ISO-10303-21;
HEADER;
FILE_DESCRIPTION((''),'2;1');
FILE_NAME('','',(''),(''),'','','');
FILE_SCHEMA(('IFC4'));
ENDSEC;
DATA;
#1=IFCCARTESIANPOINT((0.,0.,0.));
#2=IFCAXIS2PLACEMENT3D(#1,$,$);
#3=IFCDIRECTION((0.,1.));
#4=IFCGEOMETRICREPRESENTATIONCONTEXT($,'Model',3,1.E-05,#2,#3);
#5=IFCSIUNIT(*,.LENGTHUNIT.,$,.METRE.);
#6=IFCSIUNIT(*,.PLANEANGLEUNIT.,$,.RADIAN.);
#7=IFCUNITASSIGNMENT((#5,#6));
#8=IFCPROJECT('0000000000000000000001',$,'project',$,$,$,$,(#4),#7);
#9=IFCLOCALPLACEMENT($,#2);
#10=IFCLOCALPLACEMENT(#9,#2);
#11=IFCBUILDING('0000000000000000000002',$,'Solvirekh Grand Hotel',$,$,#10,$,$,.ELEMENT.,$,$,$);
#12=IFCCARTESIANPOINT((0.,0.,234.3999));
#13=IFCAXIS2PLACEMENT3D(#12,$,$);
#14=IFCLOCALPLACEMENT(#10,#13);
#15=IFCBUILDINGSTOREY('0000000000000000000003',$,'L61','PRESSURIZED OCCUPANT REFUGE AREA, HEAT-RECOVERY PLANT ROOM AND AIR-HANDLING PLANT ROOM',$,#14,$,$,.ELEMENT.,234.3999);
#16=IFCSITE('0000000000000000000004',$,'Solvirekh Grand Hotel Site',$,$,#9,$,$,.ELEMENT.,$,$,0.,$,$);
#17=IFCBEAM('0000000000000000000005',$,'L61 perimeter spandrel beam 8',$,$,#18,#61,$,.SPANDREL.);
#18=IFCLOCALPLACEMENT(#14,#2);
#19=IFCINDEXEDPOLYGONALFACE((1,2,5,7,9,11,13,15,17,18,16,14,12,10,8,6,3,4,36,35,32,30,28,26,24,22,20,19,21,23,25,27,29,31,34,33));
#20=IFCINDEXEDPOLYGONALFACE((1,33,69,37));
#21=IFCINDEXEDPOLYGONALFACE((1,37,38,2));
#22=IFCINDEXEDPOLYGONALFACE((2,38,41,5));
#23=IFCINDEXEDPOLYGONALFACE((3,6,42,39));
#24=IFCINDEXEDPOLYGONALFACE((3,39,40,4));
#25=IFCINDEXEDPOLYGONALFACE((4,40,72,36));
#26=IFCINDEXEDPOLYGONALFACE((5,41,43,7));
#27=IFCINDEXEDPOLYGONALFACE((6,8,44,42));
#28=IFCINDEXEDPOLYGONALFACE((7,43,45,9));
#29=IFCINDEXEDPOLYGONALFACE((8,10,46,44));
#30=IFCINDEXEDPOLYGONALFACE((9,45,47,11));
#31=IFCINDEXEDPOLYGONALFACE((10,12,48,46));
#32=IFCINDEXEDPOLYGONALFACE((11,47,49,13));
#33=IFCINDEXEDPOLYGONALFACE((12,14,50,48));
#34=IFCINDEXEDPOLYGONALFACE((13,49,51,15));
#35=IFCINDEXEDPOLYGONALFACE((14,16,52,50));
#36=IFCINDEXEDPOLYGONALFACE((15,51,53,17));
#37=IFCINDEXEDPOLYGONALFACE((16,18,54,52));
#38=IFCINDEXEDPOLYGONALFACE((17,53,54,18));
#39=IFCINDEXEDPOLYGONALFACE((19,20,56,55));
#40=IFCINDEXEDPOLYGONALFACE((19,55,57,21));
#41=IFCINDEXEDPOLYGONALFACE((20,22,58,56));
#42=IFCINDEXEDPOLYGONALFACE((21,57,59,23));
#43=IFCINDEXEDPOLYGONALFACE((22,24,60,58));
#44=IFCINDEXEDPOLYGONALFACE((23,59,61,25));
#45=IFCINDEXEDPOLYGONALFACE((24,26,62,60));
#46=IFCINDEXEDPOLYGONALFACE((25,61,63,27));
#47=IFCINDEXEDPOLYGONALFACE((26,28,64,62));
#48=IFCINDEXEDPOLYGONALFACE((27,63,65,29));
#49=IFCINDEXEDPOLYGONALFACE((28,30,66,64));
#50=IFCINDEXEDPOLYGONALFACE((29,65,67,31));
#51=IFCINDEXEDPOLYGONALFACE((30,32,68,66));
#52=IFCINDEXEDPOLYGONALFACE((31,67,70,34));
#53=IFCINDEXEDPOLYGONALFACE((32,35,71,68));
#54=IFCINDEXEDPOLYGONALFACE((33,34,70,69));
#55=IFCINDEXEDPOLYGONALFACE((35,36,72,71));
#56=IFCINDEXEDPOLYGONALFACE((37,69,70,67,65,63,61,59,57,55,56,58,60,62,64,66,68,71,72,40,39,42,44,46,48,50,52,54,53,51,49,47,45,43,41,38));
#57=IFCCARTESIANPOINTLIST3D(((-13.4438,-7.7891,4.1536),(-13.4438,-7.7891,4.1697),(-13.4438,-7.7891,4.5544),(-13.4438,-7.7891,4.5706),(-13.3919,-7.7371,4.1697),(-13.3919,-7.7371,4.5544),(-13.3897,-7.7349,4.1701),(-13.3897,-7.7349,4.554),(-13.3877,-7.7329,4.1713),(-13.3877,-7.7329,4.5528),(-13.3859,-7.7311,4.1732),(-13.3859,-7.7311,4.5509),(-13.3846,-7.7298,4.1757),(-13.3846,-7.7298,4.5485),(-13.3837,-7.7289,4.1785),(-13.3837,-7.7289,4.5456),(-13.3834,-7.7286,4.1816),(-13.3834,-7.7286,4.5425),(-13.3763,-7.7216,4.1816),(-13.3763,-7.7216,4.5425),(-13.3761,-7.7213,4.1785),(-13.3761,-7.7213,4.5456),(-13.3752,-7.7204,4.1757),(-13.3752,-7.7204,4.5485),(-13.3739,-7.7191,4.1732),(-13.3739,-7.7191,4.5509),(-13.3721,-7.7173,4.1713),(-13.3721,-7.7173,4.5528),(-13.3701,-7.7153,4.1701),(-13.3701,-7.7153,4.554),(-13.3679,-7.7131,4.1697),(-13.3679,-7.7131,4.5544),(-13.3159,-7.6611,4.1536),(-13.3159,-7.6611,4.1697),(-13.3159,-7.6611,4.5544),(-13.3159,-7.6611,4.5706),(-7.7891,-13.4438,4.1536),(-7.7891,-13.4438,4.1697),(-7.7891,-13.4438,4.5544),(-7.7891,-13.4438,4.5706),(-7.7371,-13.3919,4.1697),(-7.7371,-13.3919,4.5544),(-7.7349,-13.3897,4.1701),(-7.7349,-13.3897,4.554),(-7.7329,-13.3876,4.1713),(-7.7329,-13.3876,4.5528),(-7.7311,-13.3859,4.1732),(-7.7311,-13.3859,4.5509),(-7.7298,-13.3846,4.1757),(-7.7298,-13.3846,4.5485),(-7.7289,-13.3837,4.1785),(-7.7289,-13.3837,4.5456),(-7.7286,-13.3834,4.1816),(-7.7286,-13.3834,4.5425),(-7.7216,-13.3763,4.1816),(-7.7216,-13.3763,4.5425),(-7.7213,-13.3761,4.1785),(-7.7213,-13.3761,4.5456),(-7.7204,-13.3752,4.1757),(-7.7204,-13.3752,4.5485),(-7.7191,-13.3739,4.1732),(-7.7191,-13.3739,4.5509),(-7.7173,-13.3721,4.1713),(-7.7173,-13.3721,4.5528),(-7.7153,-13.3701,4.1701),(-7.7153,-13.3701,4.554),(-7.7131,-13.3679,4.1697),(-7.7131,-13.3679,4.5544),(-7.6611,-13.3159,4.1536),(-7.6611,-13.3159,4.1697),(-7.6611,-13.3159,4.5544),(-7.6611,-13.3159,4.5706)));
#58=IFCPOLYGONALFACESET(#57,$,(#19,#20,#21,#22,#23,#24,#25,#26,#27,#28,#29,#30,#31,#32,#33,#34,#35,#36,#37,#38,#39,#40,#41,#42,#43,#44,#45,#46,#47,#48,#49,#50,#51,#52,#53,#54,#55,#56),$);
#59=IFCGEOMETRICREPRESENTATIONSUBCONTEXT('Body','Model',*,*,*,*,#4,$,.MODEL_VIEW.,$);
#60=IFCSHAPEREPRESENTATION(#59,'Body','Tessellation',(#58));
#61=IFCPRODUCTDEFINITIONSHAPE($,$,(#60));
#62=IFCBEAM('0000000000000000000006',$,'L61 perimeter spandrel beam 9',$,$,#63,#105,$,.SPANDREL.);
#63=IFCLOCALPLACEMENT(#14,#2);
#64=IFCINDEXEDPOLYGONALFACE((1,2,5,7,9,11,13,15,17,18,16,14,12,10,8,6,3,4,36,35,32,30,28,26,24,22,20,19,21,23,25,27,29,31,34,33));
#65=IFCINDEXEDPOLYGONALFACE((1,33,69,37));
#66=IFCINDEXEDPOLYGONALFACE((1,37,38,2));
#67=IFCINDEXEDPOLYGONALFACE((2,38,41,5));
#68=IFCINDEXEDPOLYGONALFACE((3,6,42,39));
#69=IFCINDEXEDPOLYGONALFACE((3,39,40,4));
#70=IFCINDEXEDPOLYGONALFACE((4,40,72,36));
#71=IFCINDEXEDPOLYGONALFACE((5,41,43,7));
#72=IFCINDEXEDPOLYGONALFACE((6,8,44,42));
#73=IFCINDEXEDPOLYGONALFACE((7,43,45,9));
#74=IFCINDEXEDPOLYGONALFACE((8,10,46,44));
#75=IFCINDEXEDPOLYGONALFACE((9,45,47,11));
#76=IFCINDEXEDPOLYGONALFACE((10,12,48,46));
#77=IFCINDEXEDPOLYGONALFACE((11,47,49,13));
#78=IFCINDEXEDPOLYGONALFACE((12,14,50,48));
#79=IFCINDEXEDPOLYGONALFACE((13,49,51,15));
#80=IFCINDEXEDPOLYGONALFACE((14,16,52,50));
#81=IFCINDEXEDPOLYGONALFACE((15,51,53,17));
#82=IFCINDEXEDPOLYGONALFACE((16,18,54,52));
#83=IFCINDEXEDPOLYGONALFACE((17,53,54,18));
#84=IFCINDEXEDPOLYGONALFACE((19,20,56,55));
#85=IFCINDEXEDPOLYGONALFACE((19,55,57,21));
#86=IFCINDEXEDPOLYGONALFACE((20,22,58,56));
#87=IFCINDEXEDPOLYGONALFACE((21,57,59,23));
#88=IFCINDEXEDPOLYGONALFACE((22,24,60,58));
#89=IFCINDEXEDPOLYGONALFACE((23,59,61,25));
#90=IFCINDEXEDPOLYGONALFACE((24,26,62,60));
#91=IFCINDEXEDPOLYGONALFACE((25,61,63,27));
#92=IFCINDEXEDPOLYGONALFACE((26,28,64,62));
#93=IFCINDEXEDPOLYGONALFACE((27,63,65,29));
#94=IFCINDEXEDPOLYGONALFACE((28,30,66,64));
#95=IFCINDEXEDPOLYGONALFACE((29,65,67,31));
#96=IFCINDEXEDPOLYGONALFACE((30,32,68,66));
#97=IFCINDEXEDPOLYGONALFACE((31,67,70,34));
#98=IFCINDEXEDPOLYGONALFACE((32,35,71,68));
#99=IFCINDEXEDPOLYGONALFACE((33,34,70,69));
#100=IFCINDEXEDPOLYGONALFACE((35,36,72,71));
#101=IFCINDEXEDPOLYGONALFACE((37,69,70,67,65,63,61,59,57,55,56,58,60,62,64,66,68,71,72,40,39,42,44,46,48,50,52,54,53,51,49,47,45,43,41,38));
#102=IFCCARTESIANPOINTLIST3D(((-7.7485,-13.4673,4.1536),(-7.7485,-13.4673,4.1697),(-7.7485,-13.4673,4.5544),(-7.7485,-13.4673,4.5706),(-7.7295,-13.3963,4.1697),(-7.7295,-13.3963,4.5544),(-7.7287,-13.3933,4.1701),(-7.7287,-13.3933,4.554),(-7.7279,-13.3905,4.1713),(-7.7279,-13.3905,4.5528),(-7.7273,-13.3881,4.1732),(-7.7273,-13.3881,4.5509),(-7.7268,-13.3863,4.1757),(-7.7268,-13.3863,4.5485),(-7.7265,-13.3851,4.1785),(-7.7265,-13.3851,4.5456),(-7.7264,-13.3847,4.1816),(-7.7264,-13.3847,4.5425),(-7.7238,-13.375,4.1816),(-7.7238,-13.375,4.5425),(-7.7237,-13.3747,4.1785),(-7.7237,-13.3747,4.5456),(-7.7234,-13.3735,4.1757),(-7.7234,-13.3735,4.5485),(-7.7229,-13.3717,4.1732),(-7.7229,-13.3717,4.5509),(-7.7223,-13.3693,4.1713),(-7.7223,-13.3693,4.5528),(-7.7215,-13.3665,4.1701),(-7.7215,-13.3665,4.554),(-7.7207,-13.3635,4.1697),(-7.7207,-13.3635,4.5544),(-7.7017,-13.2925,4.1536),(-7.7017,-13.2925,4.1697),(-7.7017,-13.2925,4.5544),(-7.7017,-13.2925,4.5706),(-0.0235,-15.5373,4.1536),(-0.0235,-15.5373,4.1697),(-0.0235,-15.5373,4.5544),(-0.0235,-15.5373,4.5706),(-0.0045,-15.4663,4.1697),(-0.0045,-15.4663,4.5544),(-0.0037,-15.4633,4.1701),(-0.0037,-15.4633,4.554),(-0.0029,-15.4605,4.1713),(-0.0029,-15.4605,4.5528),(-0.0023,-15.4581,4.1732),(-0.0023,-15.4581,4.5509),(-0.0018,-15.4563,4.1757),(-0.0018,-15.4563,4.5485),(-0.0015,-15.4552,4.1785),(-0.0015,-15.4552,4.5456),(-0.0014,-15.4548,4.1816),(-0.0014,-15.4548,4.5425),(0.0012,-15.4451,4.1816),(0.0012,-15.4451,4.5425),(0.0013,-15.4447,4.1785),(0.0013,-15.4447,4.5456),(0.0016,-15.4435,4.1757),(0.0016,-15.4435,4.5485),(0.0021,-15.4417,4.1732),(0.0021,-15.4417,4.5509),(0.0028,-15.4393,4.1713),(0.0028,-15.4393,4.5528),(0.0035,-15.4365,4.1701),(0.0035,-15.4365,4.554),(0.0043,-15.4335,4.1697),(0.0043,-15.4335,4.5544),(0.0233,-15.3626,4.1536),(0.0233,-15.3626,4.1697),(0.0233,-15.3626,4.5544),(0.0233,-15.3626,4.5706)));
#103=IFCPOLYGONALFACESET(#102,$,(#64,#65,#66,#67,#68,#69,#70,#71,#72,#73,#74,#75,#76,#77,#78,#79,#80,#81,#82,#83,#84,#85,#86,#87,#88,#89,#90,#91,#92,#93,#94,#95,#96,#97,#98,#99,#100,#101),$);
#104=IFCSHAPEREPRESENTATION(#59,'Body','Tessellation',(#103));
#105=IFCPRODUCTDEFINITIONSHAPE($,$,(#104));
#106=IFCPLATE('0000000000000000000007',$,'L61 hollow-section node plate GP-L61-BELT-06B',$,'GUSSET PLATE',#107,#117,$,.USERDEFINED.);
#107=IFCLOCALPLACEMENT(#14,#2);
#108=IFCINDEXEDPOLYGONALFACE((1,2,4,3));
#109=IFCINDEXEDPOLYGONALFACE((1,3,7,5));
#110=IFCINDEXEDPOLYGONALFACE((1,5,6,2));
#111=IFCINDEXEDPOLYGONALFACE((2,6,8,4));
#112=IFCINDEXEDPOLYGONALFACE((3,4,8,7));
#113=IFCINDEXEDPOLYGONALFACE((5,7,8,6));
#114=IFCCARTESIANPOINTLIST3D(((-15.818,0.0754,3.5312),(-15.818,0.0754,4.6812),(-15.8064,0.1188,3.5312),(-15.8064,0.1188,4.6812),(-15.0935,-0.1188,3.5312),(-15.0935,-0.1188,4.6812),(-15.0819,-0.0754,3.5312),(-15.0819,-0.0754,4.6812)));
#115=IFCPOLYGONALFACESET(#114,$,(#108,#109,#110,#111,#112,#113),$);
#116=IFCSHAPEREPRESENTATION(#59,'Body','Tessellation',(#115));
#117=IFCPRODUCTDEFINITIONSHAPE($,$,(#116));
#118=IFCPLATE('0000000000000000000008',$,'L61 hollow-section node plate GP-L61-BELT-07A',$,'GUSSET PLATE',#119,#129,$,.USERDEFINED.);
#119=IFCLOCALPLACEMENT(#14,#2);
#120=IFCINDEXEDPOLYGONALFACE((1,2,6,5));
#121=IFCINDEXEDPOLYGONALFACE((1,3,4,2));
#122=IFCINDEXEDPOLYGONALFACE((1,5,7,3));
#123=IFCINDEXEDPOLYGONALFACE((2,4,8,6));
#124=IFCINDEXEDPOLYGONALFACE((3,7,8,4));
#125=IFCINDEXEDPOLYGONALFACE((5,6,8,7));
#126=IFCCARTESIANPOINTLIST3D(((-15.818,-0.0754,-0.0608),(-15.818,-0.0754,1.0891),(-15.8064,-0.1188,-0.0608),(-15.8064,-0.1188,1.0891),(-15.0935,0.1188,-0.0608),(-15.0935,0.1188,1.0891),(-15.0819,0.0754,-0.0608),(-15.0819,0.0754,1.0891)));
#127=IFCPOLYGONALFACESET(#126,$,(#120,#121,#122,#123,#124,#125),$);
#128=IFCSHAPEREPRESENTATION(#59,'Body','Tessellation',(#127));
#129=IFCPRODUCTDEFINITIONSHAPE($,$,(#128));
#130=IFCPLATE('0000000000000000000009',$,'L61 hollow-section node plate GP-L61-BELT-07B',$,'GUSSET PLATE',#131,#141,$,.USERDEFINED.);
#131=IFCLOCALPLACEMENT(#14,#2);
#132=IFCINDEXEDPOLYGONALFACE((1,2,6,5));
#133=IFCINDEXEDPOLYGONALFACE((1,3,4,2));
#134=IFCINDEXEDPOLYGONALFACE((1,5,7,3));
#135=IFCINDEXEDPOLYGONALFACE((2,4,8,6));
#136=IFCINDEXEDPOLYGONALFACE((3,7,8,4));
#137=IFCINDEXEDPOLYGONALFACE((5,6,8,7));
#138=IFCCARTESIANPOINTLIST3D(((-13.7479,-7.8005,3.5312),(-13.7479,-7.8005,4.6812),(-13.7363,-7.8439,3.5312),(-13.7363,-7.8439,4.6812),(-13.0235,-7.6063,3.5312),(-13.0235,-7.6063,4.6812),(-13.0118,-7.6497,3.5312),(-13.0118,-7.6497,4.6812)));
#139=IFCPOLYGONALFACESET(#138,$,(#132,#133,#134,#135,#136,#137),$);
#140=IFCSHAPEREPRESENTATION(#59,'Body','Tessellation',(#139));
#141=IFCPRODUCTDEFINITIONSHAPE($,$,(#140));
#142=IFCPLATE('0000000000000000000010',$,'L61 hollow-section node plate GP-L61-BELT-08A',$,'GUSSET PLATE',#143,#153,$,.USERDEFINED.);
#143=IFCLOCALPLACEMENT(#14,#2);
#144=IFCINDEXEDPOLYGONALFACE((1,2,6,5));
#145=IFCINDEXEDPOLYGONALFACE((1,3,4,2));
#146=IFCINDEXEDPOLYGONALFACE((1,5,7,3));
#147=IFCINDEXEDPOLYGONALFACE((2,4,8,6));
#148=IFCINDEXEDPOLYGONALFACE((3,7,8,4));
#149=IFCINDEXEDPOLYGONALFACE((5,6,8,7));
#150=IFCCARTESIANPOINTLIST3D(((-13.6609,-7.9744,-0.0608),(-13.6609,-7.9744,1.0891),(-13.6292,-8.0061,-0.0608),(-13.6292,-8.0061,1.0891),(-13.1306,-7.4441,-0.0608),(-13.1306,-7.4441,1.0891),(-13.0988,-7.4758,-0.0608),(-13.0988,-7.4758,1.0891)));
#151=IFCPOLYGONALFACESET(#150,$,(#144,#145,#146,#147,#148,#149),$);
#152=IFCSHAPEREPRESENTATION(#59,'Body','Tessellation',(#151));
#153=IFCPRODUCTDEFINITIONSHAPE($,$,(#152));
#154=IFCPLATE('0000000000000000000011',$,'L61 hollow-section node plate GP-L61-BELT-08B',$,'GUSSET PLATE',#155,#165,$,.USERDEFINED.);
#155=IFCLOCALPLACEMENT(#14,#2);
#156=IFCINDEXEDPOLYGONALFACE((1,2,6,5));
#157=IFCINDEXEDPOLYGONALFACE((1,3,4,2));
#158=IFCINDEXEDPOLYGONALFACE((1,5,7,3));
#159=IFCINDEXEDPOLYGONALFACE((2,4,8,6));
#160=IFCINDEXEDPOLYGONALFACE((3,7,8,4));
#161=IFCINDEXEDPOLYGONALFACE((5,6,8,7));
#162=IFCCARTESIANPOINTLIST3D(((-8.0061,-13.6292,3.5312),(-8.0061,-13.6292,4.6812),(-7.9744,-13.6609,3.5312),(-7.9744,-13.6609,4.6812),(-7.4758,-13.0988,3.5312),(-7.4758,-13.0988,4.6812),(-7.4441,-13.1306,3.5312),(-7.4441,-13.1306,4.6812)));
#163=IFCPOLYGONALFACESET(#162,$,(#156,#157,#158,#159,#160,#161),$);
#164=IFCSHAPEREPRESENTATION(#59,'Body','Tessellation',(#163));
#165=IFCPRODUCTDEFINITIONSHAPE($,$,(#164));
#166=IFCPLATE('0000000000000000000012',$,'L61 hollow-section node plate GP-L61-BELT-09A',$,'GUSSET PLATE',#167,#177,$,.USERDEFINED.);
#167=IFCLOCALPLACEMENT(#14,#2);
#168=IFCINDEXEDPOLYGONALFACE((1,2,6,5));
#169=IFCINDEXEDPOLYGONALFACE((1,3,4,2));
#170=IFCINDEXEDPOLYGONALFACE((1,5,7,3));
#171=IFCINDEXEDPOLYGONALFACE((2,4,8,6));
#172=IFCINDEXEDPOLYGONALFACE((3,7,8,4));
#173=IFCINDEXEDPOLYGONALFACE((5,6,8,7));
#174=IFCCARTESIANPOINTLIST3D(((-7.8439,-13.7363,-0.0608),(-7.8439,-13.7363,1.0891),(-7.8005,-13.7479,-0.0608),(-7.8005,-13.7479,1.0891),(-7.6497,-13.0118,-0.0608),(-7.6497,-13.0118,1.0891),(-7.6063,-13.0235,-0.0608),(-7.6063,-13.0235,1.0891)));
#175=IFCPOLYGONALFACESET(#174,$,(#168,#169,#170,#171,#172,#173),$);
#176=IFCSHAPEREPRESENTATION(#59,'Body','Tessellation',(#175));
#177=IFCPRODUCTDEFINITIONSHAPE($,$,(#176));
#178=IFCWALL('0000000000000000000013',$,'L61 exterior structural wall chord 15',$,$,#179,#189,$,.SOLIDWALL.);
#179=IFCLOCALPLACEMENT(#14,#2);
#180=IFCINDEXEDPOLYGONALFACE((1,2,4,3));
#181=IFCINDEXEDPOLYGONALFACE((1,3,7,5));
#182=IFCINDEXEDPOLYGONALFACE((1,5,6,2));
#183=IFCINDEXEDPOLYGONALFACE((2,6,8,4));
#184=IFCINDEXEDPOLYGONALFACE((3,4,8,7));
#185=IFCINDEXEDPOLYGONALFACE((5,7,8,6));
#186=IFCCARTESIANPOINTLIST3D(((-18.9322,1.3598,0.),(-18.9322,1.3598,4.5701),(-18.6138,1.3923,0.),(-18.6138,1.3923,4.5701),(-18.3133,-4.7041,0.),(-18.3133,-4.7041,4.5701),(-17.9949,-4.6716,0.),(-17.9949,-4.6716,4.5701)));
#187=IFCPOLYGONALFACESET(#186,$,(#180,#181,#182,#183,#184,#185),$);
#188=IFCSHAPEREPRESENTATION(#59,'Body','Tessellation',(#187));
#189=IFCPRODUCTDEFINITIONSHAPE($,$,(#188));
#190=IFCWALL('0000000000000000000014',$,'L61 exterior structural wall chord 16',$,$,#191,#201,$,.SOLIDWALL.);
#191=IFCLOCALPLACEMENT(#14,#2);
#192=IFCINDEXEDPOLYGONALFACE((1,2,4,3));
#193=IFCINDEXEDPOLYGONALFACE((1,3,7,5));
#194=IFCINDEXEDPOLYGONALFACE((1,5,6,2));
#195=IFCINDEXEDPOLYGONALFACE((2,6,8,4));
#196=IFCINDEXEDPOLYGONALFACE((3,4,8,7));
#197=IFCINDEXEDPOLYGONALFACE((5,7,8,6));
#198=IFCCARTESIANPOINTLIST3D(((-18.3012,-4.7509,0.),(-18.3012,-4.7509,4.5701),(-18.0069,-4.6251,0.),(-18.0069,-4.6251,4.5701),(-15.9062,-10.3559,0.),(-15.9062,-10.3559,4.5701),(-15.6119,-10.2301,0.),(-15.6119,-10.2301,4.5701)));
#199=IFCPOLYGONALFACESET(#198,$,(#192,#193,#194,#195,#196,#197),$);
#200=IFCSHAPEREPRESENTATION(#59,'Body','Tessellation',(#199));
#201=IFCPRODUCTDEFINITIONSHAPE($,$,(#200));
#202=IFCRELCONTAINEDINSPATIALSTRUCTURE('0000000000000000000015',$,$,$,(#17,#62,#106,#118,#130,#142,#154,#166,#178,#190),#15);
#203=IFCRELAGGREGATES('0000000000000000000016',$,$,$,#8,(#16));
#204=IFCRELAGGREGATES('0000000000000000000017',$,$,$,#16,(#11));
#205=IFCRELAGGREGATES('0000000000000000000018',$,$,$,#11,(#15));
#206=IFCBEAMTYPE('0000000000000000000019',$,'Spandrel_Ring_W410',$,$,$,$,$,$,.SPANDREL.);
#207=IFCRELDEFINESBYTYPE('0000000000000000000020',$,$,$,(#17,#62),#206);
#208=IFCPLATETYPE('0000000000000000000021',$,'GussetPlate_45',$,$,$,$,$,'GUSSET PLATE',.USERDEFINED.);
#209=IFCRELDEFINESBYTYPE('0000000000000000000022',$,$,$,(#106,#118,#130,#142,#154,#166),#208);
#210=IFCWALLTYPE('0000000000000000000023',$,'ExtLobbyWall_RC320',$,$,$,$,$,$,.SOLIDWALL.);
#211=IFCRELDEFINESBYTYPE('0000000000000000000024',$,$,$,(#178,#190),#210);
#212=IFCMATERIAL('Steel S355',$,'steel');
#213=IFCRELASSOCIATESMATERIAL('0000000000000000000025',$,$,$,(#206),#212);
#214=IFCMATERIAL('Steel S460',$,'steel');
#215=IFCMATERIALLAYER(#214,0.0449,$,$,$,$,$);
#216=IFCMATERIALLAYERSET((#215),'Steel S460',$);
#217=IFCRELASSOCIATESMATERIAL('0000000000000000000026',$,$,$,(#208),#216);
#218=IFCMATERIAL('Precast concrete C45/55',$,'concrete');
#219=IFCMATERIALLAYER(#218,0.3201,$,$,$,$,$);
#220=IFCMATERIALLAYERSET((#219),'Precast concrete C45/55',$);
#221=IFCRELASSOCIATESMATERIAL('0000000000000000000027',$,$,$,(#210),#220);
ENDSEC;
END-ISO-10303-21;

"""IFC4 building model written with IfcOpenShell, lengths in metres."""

from ifc_helpers import new_model, si_unit, direction, frame, frame_2d, origin, origin_2d, place, context, subcontext, project, spatial, rectangle, i_section, extrude, material, layer, layer_set, material_profile, profile_set, type_object, element, save


model = new_model("IFC4")

# Units and contexts
model_context = context("Model", 3, precision=1e-05, world=origin(), true_north=direction((0.0, 1.0)))
body_context = subcontext(model_context, "Body", "Model", "MODEL_VIEW")
ifc_project = project(units=[si_unit("LENGTHUNIT", "METRE"), si_unit("PLANEANGLEUNIT", "RADIAN")], contexts=[model_context])

# Site, building, storey
site_placement = place(None, origin())
site = spatial("IfcSite", under=ifc_project, at=site_placement, Name="Solvirekh Grand Hotel Site", CompositionType="ELEMENT", RefElevation=0.0)
building_placement = place(site_placement, origin())
building = spatial("IfcBuilding", under=site, at=building_placement, Name="Solvirekh Grand Hotel", CompositionType="ELEMENT")
storey_placement = place(building_placement, frame((0.0, 0.0, 234.3999)))
storey = spatial("IfcBuildingStorey", under=building, at=storey_placement, Name="L61", Description="PRESSURIZED OCCUPANT REFUGE AREA, HEAT-RECOVERY PLANT ROOM AND AIR-HANDLING PLANT ROOM", CompositionType="ELEMENT", Elevation=234.3999)

# Shared definitions
ifc_material_1 = material(Name="Steel S355", Category="steel")

# Beams
ifc_material_profile_1 = material_profile(ifc_material_1, i_section(OverallWidth=0.1809, OverallDepth=0.417, WebThickness=0.01, FlangeThickness=0.0161, FilletRadius=0.012, at=origin_2d()), Name="W410X85")
ifc_profile_set_1 = profile_set([ifc_material_profile_1], Name="Steel S355")
beam_type = type_object("IfcBeamType", Name="Spandrel_Ring_W410", PredefinedType="SPANDREL", material=ifc_profile_set_1)
beam_1_placement = place(storey_placement, frame((-13.3799, -7.7251, 4.3621), z_axis=(0.707107, -0.707107, 0.0), x_axis=(0.707107, 0.707107, 0.0)))
element("IfcBeam", 1, at=beam_1_placement, inside=storey, type_object=beam_type, Name="L61 perimeter spandrel beam 8", PredefinedType="SPANDREL", context=body_context, shape_type="SweptSolid", body=[
    extrude(i_section(OverallWidth=0.1809, OverallDepth=0.417, WebThickness=0.01, FlangeThickness=0.0161, FilletRadius=0.012, at=origin_2d()), origin(), (0.0, 0.0, 1.0), 7.9971),
])
beam_2_placement = place(storey_placement, frame((-7.7251, -13.3799, 4.3621), z_axis=(0.965922, -0.258835, 0.0), x_axis=(0.258835, 0.965922, 0.0)))
element("IfcBeam", 2, at=beam_2_placement, inside=storey, type_object=beam_type, Name="L61 perimeter spandrel beam 9", PredefinedType="SPANDREL", context=body_context, shape_type="SweptSolid", body=[
    extrude(i_section(OverallWidth=0.1809, OverallDepth=0.417, WebThickness=0.01, FlangeThickness=0.0161, FilletRadius=0.012, at=origin_2d()), origin(), (0.0, 0.0, 1.0), 7.9976),
])

# Plates
ifc_material_2 = material(Name="Steel S460", Category="steel")
ifc_layer_1 = layer(ifc_material_2, 0.0449)
ifc_layer_set_1 = layer_set([ifc_layer_1], Name="Steel S460")
plate_type = type_object("IfcPlateType", Name="GussetPlate_45", ElementType="GUSSET PLATE", PredefinedType="USERDEFINED", material=ifc_layer_set_1)
for number, where, z_axis, x_axis, name in (
    (3, (-15.45, 0.0, 3.5312), (0.0, 0.0, 1.0), (-0.258819, -0.965926, 0.0), "L61 hollow-section node plate GP-L61-BELT-06B"),
    (4, (-15.45, 0.0, -0.0608), (0.0, 0.0, 1.0), (0.258819, -0.965926, 0.0), "L61 hollow-section node plate GP-L61-BELT-07A"),
    (5, (-13.3799, -7.7251, 3.5312), (0.0, 0.0, 1.0), (0.258819, -0.965926, 0.0), "L61 hollow-section node plate GP-L61-BELT-07B"),
    (6, (-13.3799, -7.7251, -0.0608), (0.0, 0.0, 1.0), (0.707107, -0.707107, 0.0), "L61 hollow-section node plate GP-L61-BELT-08A"),
    (7, (-7.7251, -13.3799, 3.5312), (0.0, 0.0, 1.0), (0.707107, -0.707107, 0.0), "L61 hollow-section node plate GP-L61-BELT-08B"),
    (8, (-7.7251, -13.3799, -0.0608), (0.0, 0.0, 1.0), (0.965926, -0.258819, 0.0), "L61 hollow-section node plate GP-L61-BELT-09A"),
):
    element("IfcPlate", number, at=place(storey_placement, frame(where, z_axis=z_axis, x_axis=x_axis)), inside=storey, type_object=plate_type, Name=name, ObjectType="GUSSET PLATE", PredefinedType="USERDEFINED", context=body_context, shape_type="SweptSolid", body=[
        extrude(rectangle(XDim=0.0449, YDim=0.75, at=origin_2d()), origin(), (0.0, 0.0, 1.0), 1.1499),
    ])

# Walls
ifc_material_3 = material(Name="Precast concrete C45/55", Category="concrete")
ifc_layer_2 = layer(ifc_material_3, 0.3201)
ifc_layer_set_2 = layer_set([ifc_layer_2], Name="Precast concrete C45/55")
wall_type_1 = type_object("IfcWallType", Name="ExtLobbyWall_RC320", PredefinedType="SOLIDWALL", material=ifc_layer_set_2)
wall_1_placement = place(storey_placement, frame((-18.1541, -4.688, 0.0), z_axis=(0.0, 0.0, 1.0), x_axis=(-0.101534, 0.994832, 0.0)))
element("IfcWall", 9, at=wall_1_placement, inside=storey, type_object=wall_type_1, Name="L61 exterior structural wall chord 15", PredefinedType="SOLIDWALL", context=body_context, shape_type="SweptSolid", body=[
    extrude(rectangle(XDim=6.0955, YDim=0.3201, at=frame_2d((3.0479, 0.0))), origin(), (0.0, 0.0, 1.0), 4.5701),
])
wall_2_placement = place(storey_placement, frame((-15.759, -10.293, 0.0), z_axis=(0.0, 0.0, 1.0), x_axis=(-0.392933, 0.919567, 0.0)))
element("IfcWall", 10, at=wall_2_placement, inside=storey, type_object=wall_type_1, Name="L61 exterior structural wall chord 16", PredefinedType="SOLIDWALL", context=body_context, shape_type="SweptSolid", body=[
    extrude(rectangle(XDim=6.0952, YDim=0.3201, at=frame_2d((3.0476, 0.0))), origin(), (0.0, 0.0, 1.0), 4.5701),
])

save(model, "model.ifc")
